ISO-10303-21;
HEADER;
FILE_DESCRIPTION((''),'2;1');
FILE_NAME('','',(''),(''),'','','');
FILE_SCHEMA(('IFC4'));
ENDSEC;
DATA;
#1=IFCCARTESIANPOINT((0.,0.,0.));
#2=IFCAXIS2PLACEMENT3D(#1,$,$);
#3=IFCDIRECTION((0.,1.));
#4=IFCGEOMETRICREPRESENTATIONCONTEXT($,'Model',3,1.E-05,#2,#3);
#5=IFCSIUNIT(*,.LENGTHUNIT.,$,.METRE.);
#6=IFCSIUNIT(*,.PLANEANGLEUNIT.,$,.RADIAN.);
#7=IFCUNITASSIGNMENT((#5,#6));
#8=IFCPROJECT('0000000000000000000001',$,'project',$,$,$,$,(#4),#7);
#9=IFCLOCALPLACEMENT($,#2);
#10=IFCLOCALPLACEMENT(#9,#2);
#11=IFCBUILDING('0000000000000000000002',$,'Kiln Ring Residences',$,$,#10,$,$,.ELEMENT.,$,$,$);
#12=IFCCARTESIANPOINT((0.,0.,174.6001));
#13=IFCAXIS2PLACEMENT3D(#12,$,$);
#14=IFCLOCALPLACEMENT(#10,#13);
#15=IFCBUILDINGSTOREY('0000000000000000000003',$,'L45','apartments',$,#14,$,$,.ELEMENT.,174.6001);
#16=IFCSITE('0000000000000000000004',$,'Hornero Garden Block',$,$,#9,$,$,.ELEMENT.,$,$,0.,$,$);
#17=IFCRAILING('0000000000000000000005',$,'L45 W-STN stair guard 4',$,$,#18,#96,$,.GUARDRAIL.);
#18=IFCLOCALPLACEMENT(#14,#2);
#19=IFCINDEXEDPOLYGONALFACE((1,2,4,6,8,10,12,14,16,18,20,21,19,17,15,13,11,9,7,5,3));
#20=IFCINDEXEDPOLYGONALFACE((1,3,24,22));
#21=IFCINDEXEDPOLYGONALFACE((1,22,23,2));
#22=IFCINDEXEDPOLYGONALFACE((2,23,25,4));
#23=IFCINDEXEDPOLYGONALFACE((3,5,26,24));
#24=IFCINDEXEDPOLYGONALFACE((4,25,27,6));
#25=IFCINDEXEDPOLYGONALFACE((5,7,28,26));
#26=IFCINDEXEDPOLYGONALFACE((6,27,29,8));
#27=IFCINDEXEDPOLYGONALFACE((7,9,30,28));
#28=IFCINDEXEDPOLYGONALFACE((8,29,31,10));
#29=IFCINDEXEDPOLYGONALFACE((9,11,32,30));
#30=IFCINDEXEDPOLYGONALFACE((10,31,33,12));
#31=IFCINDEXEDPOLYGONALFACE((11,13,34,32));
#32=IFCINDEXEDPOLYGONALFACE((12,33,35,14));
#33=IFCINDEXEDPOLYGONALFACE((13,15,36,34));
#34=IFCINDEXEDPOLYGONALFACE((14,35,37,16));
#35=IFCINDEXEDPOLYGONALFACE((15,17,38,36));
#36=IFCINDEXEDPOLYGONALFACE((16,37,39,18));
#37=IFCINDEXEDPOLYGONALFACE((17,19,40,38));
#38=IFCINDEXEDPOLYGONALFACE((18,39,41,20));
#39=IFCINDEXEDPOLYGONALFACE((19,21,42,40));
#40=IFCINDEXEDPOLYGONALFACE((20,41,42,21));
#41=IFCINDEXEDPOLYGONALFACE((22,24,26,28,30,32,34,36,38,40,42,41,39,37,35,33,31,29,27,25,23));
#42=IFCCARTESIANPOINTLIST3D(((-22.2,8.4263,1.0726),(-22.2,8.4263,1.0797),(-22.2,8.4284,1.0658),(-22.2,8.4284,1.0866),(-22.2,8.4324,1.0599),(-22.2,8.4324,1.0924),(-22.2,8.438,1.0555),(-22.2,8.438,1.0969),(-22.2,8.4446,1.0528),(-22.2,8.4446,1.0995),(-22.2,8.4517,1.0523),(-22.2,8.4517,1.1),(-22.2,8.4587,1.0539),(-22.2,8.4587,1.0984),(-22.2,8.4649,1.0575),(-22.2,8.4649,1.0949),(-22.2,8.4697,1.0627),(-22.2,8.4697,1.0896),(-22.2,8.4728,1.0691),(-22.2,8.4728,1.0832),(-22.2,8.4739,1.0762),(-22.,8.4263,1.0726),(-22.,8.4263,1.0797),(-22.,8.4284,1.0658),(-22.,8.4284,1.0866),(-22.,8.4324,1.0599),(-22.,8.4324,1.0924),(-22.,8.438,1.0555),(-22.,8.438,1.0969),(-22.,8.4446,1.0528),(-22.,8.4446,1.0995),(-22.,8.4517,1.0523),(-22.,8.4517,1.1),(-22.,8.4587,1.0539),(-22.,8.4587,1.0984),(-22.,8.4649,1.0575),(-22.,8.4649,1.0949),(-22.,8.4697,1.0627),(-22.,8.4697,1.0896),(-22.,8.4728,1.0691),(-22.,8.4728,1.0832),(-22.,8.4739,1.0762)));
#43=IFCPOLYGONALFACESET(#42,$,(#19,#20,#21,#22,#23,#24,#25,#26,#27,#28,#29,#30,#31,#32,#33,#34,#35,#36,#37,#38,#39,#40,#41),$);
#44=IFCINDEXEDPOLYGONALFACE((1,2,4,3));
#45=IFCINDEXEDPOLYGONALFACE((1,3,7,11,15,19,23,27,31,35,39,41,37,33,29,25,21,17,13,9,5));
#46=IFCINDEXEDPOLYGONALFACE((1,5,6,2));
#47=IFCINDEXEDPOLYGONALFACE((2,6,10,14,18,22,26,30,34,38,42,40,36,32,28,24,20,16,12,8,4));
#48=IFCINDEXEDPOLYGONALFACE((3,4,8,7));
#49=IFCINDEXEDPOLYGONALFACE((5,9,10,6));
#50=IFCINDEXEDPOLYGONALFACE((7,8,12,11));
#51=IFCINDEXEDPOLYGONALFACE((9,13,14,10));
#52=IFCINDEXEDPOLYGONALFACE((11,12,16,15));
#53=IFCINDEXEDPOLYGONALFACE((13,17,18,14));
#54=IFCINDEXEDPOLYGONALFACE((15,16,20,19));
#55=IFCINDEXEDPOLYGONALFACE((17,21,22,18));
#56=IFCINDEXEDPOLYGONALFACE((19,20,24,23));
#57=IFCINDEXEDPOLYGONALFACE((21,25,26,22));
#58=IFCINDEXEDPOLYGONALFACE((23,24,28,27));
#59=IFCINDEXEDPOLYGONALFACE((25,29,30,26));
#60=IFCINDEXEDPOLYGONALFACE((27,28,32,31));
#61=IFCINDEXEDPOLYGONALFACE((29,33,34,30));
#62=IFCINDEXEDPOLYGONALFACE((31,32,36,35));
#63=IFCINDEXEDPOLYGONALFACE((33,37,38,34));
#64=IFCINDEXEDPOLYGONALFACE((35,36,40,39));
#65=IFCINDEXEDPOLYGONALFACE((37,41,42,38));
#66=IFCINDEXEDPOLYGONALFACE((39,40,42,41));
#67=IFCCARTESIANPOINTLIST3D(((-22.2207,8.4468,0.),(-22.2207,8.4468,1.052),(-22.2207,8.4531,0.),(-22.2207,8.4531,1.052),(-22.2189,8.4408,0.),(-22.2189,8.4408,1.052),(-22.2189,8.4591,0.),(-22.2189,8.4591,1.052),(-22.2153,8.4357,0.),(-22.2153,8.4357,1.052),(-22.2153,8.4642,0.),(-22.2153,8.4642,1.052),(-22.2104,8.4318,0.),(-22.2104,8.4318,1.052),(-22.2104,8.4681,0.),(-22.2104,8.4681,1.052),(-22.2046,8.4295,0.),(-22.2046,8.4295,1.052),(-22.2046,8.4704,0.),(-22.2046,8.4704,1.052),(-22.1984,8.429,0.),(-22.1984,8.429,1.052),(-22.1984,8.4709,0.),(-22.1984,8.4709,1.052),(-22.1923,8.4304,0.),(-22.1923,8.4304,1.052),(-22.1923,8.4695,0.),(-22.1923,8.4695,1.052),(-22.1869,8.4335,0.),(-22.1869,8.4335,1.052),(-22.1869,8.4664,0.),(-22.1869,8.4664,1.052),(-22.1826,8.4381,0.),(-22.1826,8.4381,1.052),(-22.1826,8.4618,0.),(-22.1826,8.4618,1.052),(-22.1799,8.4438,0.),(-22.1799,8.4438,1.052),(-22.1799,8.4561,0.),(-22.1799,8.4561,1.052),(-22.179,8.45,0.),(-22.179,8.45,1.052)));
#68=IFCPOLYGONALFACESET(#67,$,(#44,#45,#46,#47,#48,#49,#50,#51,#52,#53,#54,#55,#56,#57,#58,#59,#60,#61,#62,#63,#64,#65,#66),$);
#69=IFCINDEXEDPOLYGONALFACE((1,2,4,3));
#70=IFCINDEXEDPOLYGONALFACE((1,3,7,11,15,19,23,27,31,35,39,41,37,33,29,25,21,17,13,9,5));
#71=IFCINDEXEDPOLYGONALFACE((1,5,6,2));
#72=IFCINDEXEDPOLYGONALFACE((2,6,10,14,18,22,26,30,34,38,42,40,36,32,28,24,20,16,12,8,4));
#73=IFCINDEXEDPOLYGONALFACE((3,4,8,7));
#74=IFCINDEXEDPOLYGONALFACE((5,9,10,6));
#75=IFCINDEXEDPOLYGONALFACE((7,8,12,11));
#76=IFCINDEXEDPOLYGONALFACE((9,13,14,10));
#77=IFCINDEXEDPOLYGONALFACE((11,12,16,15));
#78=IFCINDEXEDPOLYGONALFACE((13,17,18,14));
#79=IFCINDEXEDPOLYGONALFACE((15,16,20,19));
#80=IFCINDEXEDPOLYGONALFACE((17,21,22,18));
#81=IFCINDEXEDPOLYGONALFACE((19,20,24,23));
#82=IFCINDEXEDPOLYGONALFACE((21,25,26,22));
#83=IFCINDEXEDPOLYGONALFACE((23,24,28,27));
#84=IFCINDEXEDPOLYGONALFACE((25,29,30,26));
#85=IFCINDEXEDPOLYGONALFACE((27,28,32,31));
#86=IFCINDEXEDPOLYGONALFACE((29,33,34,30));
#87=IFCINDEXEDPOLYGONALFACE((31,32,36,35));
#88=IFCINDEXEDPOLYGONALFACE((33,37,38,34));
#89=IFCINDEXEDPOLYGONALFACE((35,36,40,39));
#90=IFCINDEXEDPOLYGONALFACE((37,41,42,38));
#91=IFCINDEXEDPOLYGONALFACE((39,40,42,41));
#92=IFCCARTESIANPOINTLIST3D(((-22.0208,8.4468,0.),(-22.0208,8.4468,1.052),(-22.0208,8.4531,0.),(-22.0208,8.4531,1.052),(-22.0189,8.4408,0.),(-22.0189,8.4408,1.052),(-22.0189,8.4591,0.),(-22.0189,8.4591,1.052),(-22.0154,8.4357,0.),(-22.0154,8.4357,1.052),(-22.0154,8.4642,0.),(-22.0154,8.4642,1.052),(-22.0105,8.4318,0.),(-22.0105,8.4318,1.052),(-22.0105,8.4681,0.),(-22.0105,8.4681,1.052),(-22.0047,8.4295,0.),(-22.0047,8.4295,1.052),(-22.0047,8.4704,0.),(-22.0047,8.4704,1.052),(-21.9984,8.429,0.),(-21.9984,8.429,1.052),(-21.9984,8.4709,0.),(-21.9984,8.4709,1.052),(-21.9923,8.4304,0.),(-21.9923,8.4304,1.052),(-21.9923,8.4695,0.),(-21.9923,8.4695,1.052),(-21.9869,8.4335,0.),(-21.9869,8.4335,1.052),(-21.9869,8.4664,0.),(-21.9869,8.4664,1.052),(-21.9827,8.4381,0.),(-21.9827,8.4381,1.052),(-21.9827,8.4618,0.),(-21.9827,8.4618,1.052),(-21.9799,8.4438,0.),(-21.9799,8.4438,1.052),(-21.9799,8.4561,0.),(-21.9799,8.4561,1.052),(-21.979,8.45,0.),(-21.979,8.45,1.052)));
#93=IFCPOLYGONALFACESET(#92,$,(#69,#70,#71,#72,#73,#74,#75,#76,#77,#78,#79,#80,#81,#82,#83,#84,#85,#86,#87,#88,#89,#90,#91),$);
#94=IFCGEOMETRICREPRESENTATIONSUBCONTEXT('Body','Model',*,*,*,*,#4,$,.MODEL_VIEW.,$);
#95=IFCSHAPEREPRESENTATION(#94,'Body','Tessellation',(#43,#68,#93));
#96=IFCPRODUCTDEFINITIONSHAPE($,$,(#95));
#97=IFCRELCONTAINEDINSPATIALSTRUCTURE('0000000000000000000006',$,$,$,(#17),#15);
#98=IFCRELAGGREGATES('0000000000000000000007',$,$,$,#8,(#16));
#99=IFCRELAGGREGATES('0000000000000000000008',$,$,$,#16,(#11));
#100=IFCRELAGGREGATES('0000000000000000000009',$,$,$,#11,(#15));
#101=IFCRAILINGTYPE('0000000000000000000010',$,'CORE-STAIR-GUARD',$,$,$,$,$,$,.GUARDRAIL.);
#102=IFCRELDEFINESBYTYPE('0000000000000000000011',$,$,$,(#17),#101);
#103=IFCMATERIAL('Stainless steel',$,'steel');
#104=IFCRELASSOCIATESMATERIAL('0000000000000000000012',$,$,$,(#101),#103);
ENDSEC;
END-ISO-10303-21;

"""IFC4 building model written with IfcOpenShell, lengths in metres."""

from ifc_helpers import new_model, si_unit, direction, frame, origin, origin_2d, place, context, subcontext, project, spatial, circle, extrude, material, type_object, element, save


model = new_model("IFC4")

# Units and contexts
model_context = context("Model", 3, precision=1e-05, world=origin(), true_north=direction((0.0, 1.0)))
body_context = subcontext(model_context, "Body", "Model", "MODEL_VIEW")
ifc_project = project(units=[si_unit("LENGTHUNIT", "METRE"), si_unit("PLANEANGLEUNIT", "RADIAN")], contexts=[model_context])

# Site, building, storey
site_placement = place(None, origin())
site = spatial("IfcSite", under=ifc_project, at=site_placement, Name="Hornero Garden Block", CompositionType="ELEMENT", RefElevation=0.0)
building_placement = place(site_placement, origin())
building = spatial("IfcBuilding", under=site, at=building_placement, Name="Kiln Ring Residences", CompositionType="ELEMENT")
storey_placement = place(building_placement, frame((0.0, 0.0, 174.6001)))
storey = spatial("IfcBuildingStorey", under=building, at=storey_placement, Name="L45", Description="apartments", CompositionType="ELEMENT", Elevation=174.6001)

# Railing
ifc_material_1 = material(Name="Stainless steel", Category="steel")
railing_type_1 = type_object("IfcRailingType", Name="CORE-STAIR-GUARD", PredefinedType="GUARDRAIL", material=ifc_material_1)
railing_1_placement = place(storey_placement, frame((-22.2, 8.45, 0.0)))
element("IfcRailing", 1, at=railing_1_placement, inside=storey, type_object=railing_type_1, Name="L45 W-STN stair guard 4", PredefinedType="GUARDRAIL", context=body_context, shape_type="SweptSolid", body=[
    extrude(circle(Radius=0.0239, at=origin_2d()), frame((0.0, 0.0, 1.0762), z_axis=(1.0, 0.0, 0.0), x_axis=(0.0, 1.0, 0.0)), (0.0, 0.0, 1.0), 0.2),
    extrude(circle(Radius=0.021, at=origin_2d()), origin(), (0.0, 0.0, 1.0), 1.052),
    extrude(circle(Radius=0.021, at=origin_2d()), frame((0.2, 0.0, 0.0)), (0.0, 0.0, 1.0), 1.052),
])

save(model, "model.ifc")
